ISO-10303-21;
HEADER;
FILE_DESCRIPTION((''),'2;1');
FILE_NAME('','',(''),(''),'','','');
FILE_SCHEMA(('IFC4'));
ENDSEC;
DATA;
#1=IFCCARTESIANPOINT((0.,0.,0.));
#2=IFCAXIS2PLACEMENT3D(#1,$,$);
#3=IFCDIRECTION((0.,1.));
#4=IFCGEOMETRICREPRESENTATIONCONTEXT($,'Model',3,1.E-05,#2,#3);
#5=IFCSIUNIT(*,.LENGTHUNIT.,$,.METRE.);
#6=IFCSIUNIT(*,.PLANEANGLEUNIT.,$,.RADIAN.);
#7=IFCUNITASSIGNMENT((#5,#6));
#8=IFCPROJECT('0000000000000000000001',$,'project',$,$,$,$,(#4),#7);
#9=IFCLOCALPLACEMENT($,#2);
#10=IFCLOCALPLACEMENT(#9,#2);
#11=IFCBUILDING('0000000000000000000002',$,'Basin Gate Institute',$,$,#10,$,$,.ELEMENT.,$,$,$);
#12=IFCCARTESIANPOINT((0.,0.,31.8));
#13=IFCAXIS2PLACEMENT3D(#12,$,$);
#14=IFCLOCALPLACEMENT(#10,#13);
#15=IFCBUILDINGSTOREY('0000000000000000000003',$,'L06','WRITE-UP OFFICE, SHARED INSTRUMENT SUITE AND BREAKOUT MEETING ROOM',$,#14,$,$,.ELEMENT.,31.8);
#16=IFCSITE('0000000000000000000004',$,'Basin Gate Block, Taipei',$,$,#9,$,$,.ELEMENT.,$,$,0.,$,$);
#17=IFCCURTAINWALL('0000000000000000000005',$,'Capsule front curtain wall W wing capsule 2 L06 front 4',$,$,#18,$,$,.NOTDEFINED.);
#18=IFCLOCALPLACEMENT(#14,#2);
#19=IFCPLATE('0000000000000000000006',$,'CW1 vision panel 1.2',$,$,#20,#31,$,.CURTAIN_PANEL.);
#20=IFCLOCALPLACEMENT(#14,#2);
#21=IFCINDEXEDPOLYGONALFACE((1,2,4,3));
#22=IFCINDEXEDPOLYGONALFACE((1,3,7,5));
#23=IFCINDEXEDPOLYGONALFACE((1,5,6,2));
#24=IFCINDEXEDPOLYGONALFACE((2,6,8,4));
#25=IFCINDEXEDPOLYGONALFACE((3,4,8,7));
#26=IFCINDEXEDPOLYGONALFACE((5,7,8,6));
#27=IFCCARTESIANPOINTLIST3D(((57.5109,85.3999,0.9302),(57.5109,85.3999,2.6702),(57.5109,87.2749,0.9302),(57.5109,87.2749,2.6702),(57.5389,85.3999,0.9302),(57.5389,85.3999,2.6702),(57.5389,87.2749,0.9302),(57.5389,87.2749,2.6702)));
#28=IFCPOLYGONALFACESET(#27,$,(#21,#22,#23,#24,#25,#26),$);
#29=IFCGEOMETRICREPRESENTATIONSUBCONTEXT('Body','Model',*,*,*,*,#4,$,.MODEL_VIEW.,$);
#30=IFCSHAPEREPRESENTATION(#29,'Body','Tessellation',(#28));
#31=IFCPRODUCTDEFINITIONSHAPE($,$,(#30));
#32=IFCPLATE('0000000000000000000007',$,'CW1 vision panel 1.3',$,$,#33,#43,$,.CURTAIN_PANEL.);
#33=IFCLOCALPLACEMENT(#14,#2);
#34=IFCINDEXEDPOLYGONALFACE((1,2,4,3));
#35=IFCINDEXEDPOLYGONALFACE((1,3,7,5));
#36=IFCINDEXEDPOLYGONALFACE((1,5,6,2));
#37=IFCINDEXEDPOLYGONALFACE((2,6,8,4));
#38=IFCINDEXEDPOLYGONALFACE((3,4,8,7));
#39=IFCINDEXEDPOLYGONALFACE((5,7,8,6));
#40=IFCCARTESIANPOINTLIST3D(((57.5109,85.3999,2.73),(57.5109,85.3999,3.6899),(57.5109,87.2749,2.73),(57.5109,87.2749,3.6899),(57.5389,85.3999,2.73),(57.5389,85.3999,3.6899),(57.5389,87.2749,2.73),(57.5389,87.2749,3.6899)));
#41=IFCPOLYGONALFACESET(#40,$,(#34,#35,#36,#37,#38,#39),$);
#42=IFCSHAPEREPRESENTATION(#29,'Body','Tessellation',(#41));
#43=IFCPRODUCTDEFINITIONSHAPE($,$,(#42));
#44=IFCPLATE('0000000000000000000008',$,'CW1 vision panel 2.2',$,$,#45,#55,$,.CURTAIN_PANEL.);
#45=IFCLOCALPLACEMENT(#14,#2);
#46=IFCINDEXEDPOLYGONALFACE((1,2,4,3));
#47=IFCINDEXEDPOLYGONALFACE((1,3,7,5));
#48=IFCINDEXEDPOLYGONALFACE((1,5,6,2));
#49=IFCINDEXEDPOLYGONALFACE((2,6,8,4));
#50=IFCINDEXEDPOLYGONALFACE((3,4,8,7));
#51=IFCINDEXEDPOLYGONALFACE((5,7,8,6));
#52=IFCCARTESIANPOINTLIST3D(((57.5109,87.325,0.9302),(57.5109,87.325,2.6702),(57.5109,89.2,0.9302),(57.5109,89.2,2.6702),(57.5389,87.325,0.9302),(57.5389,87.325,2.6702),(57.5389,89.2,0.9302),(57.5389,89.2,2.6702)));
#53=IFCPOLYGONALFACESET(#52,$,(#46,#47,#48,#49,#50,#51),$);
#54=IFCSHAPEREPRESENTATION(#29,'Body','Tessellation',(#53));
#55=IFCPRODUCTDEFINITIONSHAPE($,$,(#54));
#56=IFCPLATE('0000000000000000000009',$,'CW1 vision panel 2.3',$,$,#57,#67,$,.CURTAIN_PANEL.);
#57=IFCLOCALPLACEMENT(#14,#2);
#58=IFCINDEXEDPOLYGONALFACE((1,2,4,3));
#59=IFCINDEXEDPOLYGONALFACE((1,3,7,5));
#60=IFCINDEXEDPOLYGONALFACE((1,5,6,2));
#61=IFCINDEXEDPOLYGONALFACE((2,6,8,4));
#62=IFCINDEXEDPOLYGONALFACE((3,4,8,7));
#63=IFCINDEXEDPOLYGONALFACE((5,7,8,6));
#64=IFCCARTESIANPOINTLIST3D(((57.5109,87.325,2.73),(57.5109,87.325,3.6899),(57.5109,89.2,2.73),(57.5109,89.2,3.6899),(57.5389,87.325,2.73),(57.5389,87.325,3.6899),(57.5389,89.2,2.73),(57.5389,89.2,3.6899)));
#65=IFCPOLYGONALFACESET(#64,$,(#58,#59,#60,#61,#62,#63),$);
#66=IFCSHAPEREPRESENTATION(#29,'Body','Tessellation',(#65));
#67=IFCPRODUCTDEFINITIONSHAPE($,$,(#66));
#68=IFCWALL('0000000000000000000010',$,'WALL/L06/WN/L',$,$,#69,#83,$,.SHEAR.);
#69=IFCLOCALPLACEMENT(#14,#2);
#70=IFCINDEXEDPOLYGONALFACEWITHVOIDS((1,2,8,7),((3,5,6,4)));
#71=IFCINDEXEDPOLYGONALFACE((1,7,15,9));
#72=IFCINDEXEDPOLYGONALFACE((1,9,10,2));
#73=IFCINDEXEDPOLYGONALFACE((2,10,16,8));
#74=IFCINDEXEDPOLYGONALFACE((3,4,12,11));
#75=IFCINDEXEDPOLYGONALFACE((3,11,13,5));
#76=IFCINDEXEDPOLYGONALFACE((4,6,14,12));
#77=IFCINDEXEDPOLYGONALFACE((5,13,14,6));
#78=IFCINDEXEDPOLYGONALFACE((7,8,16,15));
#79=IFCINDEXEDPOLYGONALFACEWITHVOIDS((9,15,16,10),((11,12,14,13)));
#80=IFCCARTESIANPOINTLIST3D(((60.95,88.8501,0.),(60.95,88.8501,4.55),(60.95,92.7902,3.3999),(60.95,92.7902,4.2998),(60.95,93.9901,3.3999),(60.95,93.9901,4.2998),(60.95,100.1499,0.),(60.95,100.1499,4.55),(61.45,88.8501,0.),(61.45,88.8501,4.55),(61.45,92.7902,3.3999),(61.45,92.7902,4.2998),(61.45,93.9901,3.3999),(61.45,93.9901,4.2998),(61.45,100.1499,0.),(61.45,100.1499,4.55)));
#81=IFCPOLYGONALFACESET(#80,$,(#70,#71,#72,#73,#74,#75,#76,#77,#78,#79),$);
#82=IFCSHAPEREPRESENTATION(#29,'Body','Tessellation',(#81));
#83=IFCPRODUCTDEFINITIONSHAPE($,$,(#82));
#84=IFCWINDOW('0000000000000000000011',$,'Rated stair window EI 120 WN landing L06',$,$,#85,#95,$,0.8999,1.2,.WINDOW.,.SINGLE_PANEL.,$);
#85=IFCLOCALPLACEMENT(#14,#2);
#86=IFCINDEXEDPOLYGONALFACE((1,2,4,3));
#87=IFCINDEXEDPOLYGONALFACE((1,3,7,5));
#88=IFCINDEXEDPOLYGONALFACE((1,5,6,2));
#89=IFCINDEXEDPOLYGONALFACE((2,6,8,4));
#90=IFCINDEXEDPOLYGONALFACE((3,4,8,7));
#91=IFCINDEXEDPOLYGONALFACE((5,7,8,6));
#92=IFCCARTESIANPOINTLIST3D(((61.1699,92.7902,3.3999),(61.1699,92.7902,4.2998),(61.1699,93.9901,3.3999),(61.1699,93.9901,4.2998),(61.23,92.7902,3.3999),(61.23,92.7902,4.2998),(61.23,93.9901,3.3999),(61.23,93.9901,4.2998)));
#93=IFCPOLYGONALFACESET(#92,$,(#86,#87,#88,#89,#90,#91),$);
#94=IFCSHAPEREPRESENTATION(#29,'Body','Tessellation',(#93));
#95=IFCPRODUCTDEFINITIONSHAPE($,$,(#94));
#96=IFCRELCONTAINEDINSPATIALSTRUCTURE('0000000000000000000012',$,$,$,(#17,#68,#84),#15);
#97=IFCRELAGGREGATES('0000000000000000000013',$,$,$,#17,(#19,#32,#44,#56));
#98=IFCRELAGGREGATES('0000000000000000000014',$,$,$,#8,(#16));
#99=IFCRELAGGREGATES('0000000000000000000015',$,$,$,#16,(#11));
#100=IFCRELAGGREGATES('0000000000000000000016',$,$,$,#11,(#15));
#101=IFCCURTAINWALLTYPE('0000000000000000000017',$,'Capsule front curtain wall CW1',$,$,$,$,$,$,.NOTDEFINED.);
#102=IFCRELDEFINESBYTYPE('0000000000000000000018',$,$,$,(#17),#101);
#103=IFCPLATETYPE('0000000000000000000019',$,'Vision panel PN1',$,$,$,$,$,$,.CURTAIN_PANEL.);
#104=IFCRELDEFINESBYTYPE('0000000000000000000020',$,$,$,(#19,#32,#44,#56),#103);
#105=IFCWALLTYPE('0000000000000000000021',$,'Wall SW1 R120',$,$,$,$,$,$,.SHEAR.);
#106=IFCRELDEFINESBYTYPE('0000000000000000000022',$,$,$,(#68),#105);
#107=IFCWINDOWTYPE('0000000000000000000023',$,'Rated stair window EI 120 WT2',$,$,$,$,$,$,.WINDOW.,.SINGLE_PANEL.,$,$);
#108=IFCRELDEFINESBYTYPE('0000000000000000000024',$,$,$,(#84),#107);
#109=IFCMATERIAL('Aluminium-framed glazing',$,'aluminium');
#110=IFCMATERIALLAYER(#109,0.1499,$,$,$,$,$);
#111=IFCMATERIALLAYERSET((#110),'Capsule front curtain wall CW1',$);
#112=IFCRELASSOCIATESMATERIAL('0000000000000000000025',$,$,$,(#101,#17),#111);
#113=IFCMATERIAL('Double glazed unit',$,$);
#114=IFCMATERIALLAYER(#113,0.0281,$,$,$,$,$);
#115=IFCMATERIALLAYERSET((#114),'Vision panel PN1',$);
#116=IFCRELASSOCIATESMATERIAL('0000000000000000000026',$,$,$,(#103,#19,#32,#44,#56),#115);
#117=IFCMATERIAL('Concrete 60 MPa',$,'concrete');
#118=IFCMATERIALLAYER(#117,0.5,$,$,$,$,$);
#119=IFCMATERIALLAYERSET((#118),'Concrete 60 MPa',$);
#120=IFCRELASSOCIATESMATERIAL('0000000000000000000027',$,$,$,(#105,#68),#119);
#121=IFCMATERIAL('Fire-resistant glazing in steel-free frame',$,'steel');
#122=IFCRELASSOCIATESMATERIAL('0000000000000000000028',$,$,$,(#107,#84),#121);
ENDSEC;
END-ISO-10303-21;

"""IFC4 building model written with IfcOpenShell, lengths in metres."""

from ifc_helpers import new_model, si_unit, direction, frame, frame_2d, origin, origin_2d, place, context, subcontext, project, spatial, rectangle, extrude, material, layer, layer_set, type_object, element, fill, aggregate, save


model = new_model("IFC4")

# Units and contexts
model_context = context("Model", 3, precision=1e-05, world=origin(), true_north=direction((0.0, 1.0)))
body_context = subcontext(model_context, "Body", "Model", "MODEL_VIEW")
ifc_project = project(units=[si_unit("LENGTHUNIT", "METRE"), si_unit("PLANEANGLEUNIT", "RADIAN")], contexts=[model_context])

# Site, building, storey
site_placement = place(None, origin())
site = spatial("IfcSite", under=ifc_project, at=site_placement, Name="Basin Gate Block, Taipei", CompositionType="ELEMENT", RefElevation=0.0)
building_placement = place(site_placement, origin())
building = spatial("IfcBuilding", under=site, at=building_placement, Name="Basin Gate Institute", CompositionType="ELEMENT")
storey_placement = place(building_placement, frame((0.0, 0.0, 31.8)))
storey = spatial("IfcBuildingStorey", under=building, at=storey_placement, Name="L06", Description="WRITE-UP OFFICE, SHARED INSTRUMENT SUITE AND BREAKOUT MEETING ROOM", CompositionType="ELEMENT", Elevation=31.8)

# Curtain wall
ifc_material_1 = material(Name="Aluminium-framed glazing", Category="aluminium")
ifc_layer_1 = layer(ifc_material_1, 0.1499)
ifc_layer_set_1 = layer_set([ifc_layer_1], Name="Capsule front curtain wall CW1")
curtain_wall_type = type_object("IfcCurtainWallType", Name="Capsule front curtain wall CW1", PredefinedType="NOTDEFINED", material=ifc_layer_set_1)
curtain_wall_1_placement = place(storey_placement, origin())
curtain_wall_1 = element("IfcCurtainWall", 1, at=curtain_wall_1_placement, inside=storey, type_object=curtain_wall_type, material=ifc_layer_set_1, Name="Capsule front curtain wall W wing capsule 2 L06 front 4", PredefinedType="NOTDEFINED")

# Plates
ifc_material_2 = material(Name="Double glazed unit")
ifc_layer_2 = layer(ifc_material_2, 0.0281)
ifc_layer_set_2 = layer_set([ifc_layer_2], Name="Vision panel PN1")
plate_type_1 = type_object("IfcPlateType", Name="Vision panel PN1", PredefinedType="CURTAIN_PANEL", material=ifc_layer_set_2)
plate_1_placement = place(storey_placement, frame((57.5249, 86.3374, 0.9302), z_axis=(0.0, 0.0, 1.0), x_axis=(0.0, 1.0, 0.0)))
plate_1 = element("IfcPlate", 2, at=plate_1_placement, type_object=plate_type_1, material=ifc_layer_set_2, Name="CW1 vision panel 1.2", PredefinedType="CURTAIN_PANEL", context=body_context, shape_type="SweptSolid", body=[
    extrude(rectangle(XDim=1.875, YDim=0.0281, at=origin_2d()), origin(), (0.0, 0.0, 1.0), 1.74),
])
plate_2_placement = place(storey_placement, frame((57.5249, 86.3374, 2.73), z_axis=(0.0, 0.0, 1.0), x_axis=(0.0, 1.0, 0.0)))
plate_2 = element("IfcPlate", 3, at=plate_2_placement, type_object=plate_type_1, material=ifc_layer_set_2, Name="CW1 vision panel 1.3", PredefinedType="CURTAIN_PANEL", context=body_context, shape_type="SweptSolid", body=[
    extrude(rectangle(XDim=1.875, YDim=0.0281, at=origin_2d()), origin(), (0.0, 0.0, 1.0), 0.96),
])
plate_3_placement = place(storey_placement, frame((57.5249, 88.2625, 0.9302), z_axis=(0.0, 0.0, 1.0), x_axis=(0.0, 1.0, 0.0)))
plate_3 = element("IfcPlate", 4, at=plate_3_placement, type_object=plate_type_1, material=ifc_layer_set_2, Name="CW1 vision panel 2.2", PredefinedType="CURTAIN_PANEL", context=body_context, shape_type="SweptSolid", body=[
    extrude(rectangle(XDim=1.875, YDim=0.0281, at=origin_2d()), origin(), (0.0, 0.0, 1.0), 1.74),
])
plate_4_placement = place(storey_placement, frame((57.5249, 88.2625, 2.73), z_axis=(0.0, 0.0, 1.0), x_axis=(0.0, 1.0, 0.0)))
plate_4 = element("IfcPlate", 5, at=plate_4_placement, type_object=plate_type_1, material=ifc_layer_set_2, Name="CW1 vision panel 2.3", PredefinedType="CURTAIN_PANEL", context=body_context, shape_type="SweptSolid", body=[
    extrude(rectangle(XDim=1.875, YDim=0.0281, at=origin_2d()), origin(), (0.0, 0.0, 1.0), 0.96),
])
aggregate(curtain_wall_1, [plate_1, plate_2, plate_3, plate_4])

# Wall, opening, window
ifc_material_3 = material(Name="Concrete 60 MPa", Category="concrete")
ifc_layer_3 = layer(ifc_material_3, 0.5)
ifc_layer_set_3 = layer_set([ifc_layer_3], Name="Concrete 60 MPa")
wall_type = type_object("IfcWallType", Name="Wall SW1 R120", PredefinedType="SHEAR", material=ifc_layer_set_3)
wall_placement = place(storey_placement, frame((61.2, 88.8501, 0.0), z_axis=(0.0, 0.0, 1.0), x_axis=(0.0, 1.0, 0.0)))
wall = element("IfcWall", 6, at=wall_placement, inside=storey, type_object=wall_type, material=ifc_layer_set_3, Name="WALL/L06/WN/L", PredefinedType="SHEAR", context=body_context, shape_type="SweptSolid", body=[
    extrude(rectangle(XDim=11.2998, YDim=0.5, at=frame_2d((5.6499, 0.0))), origin(), (0.0, 0.0, 1.0), 4.55),
])
opening_placement = place(wall_placement, frame((3.9399, 0.0, 3.3999)))
opening = element("IfcOpeningElement", 7, at=opening_placement, cuts=wall, PredefinedType="OPENING", context=body_context, shape_type="SweptSolid", body=[
    extrude(rectangle(XDim=1.2, YDim=0.8999, at=frame_2d((0.6001, 0.45))), frame((0.0, 0.26, 0.0), z_axis=(0.0, -1.0, 0.0), x_axis=(1.0, 0.0, 0.0)), (0.0, 0.0, 1.0), 0.52),
])
ifc_material_4 = material(Name="Fire-resistant glazing in steel-free frame", Category="steel")
window_type = type_object("IfcWindowType", Name="Rated stair window EI 120 WT2", PartitioningType="SINGLE_PANEL", PredefinedType="WINDOW", material=ifc_material_4)
window_placement = place(opening_placement, origin())
window = element("IfcWindow", 8, at=window_placement, inside=storey, type_object=window_type, material=ifc_material_4, Name="Rated stair window EI 120 WN landing L06", OverallHeight=0.8999, OverallWidth=1.2, PartitioningType="SINGLE_PANEL", PredefinedType="WINDOW", context=body_context, shape_type="SweptSolid", body=[
    extrude(rectangle(XDim=1.2, YDim=0.8999, at=frame_2d((0.6001, 0.45))), frame((0.0, 0.03, 0.0), z_axis=(0.0, -1.0, 0.0), x_axis=(1.0, 0.0, 0.0)), (0.0, 0.0, 1.0), 0.0601),
])
fill(opening, window)

save(model, "model.ifc")
